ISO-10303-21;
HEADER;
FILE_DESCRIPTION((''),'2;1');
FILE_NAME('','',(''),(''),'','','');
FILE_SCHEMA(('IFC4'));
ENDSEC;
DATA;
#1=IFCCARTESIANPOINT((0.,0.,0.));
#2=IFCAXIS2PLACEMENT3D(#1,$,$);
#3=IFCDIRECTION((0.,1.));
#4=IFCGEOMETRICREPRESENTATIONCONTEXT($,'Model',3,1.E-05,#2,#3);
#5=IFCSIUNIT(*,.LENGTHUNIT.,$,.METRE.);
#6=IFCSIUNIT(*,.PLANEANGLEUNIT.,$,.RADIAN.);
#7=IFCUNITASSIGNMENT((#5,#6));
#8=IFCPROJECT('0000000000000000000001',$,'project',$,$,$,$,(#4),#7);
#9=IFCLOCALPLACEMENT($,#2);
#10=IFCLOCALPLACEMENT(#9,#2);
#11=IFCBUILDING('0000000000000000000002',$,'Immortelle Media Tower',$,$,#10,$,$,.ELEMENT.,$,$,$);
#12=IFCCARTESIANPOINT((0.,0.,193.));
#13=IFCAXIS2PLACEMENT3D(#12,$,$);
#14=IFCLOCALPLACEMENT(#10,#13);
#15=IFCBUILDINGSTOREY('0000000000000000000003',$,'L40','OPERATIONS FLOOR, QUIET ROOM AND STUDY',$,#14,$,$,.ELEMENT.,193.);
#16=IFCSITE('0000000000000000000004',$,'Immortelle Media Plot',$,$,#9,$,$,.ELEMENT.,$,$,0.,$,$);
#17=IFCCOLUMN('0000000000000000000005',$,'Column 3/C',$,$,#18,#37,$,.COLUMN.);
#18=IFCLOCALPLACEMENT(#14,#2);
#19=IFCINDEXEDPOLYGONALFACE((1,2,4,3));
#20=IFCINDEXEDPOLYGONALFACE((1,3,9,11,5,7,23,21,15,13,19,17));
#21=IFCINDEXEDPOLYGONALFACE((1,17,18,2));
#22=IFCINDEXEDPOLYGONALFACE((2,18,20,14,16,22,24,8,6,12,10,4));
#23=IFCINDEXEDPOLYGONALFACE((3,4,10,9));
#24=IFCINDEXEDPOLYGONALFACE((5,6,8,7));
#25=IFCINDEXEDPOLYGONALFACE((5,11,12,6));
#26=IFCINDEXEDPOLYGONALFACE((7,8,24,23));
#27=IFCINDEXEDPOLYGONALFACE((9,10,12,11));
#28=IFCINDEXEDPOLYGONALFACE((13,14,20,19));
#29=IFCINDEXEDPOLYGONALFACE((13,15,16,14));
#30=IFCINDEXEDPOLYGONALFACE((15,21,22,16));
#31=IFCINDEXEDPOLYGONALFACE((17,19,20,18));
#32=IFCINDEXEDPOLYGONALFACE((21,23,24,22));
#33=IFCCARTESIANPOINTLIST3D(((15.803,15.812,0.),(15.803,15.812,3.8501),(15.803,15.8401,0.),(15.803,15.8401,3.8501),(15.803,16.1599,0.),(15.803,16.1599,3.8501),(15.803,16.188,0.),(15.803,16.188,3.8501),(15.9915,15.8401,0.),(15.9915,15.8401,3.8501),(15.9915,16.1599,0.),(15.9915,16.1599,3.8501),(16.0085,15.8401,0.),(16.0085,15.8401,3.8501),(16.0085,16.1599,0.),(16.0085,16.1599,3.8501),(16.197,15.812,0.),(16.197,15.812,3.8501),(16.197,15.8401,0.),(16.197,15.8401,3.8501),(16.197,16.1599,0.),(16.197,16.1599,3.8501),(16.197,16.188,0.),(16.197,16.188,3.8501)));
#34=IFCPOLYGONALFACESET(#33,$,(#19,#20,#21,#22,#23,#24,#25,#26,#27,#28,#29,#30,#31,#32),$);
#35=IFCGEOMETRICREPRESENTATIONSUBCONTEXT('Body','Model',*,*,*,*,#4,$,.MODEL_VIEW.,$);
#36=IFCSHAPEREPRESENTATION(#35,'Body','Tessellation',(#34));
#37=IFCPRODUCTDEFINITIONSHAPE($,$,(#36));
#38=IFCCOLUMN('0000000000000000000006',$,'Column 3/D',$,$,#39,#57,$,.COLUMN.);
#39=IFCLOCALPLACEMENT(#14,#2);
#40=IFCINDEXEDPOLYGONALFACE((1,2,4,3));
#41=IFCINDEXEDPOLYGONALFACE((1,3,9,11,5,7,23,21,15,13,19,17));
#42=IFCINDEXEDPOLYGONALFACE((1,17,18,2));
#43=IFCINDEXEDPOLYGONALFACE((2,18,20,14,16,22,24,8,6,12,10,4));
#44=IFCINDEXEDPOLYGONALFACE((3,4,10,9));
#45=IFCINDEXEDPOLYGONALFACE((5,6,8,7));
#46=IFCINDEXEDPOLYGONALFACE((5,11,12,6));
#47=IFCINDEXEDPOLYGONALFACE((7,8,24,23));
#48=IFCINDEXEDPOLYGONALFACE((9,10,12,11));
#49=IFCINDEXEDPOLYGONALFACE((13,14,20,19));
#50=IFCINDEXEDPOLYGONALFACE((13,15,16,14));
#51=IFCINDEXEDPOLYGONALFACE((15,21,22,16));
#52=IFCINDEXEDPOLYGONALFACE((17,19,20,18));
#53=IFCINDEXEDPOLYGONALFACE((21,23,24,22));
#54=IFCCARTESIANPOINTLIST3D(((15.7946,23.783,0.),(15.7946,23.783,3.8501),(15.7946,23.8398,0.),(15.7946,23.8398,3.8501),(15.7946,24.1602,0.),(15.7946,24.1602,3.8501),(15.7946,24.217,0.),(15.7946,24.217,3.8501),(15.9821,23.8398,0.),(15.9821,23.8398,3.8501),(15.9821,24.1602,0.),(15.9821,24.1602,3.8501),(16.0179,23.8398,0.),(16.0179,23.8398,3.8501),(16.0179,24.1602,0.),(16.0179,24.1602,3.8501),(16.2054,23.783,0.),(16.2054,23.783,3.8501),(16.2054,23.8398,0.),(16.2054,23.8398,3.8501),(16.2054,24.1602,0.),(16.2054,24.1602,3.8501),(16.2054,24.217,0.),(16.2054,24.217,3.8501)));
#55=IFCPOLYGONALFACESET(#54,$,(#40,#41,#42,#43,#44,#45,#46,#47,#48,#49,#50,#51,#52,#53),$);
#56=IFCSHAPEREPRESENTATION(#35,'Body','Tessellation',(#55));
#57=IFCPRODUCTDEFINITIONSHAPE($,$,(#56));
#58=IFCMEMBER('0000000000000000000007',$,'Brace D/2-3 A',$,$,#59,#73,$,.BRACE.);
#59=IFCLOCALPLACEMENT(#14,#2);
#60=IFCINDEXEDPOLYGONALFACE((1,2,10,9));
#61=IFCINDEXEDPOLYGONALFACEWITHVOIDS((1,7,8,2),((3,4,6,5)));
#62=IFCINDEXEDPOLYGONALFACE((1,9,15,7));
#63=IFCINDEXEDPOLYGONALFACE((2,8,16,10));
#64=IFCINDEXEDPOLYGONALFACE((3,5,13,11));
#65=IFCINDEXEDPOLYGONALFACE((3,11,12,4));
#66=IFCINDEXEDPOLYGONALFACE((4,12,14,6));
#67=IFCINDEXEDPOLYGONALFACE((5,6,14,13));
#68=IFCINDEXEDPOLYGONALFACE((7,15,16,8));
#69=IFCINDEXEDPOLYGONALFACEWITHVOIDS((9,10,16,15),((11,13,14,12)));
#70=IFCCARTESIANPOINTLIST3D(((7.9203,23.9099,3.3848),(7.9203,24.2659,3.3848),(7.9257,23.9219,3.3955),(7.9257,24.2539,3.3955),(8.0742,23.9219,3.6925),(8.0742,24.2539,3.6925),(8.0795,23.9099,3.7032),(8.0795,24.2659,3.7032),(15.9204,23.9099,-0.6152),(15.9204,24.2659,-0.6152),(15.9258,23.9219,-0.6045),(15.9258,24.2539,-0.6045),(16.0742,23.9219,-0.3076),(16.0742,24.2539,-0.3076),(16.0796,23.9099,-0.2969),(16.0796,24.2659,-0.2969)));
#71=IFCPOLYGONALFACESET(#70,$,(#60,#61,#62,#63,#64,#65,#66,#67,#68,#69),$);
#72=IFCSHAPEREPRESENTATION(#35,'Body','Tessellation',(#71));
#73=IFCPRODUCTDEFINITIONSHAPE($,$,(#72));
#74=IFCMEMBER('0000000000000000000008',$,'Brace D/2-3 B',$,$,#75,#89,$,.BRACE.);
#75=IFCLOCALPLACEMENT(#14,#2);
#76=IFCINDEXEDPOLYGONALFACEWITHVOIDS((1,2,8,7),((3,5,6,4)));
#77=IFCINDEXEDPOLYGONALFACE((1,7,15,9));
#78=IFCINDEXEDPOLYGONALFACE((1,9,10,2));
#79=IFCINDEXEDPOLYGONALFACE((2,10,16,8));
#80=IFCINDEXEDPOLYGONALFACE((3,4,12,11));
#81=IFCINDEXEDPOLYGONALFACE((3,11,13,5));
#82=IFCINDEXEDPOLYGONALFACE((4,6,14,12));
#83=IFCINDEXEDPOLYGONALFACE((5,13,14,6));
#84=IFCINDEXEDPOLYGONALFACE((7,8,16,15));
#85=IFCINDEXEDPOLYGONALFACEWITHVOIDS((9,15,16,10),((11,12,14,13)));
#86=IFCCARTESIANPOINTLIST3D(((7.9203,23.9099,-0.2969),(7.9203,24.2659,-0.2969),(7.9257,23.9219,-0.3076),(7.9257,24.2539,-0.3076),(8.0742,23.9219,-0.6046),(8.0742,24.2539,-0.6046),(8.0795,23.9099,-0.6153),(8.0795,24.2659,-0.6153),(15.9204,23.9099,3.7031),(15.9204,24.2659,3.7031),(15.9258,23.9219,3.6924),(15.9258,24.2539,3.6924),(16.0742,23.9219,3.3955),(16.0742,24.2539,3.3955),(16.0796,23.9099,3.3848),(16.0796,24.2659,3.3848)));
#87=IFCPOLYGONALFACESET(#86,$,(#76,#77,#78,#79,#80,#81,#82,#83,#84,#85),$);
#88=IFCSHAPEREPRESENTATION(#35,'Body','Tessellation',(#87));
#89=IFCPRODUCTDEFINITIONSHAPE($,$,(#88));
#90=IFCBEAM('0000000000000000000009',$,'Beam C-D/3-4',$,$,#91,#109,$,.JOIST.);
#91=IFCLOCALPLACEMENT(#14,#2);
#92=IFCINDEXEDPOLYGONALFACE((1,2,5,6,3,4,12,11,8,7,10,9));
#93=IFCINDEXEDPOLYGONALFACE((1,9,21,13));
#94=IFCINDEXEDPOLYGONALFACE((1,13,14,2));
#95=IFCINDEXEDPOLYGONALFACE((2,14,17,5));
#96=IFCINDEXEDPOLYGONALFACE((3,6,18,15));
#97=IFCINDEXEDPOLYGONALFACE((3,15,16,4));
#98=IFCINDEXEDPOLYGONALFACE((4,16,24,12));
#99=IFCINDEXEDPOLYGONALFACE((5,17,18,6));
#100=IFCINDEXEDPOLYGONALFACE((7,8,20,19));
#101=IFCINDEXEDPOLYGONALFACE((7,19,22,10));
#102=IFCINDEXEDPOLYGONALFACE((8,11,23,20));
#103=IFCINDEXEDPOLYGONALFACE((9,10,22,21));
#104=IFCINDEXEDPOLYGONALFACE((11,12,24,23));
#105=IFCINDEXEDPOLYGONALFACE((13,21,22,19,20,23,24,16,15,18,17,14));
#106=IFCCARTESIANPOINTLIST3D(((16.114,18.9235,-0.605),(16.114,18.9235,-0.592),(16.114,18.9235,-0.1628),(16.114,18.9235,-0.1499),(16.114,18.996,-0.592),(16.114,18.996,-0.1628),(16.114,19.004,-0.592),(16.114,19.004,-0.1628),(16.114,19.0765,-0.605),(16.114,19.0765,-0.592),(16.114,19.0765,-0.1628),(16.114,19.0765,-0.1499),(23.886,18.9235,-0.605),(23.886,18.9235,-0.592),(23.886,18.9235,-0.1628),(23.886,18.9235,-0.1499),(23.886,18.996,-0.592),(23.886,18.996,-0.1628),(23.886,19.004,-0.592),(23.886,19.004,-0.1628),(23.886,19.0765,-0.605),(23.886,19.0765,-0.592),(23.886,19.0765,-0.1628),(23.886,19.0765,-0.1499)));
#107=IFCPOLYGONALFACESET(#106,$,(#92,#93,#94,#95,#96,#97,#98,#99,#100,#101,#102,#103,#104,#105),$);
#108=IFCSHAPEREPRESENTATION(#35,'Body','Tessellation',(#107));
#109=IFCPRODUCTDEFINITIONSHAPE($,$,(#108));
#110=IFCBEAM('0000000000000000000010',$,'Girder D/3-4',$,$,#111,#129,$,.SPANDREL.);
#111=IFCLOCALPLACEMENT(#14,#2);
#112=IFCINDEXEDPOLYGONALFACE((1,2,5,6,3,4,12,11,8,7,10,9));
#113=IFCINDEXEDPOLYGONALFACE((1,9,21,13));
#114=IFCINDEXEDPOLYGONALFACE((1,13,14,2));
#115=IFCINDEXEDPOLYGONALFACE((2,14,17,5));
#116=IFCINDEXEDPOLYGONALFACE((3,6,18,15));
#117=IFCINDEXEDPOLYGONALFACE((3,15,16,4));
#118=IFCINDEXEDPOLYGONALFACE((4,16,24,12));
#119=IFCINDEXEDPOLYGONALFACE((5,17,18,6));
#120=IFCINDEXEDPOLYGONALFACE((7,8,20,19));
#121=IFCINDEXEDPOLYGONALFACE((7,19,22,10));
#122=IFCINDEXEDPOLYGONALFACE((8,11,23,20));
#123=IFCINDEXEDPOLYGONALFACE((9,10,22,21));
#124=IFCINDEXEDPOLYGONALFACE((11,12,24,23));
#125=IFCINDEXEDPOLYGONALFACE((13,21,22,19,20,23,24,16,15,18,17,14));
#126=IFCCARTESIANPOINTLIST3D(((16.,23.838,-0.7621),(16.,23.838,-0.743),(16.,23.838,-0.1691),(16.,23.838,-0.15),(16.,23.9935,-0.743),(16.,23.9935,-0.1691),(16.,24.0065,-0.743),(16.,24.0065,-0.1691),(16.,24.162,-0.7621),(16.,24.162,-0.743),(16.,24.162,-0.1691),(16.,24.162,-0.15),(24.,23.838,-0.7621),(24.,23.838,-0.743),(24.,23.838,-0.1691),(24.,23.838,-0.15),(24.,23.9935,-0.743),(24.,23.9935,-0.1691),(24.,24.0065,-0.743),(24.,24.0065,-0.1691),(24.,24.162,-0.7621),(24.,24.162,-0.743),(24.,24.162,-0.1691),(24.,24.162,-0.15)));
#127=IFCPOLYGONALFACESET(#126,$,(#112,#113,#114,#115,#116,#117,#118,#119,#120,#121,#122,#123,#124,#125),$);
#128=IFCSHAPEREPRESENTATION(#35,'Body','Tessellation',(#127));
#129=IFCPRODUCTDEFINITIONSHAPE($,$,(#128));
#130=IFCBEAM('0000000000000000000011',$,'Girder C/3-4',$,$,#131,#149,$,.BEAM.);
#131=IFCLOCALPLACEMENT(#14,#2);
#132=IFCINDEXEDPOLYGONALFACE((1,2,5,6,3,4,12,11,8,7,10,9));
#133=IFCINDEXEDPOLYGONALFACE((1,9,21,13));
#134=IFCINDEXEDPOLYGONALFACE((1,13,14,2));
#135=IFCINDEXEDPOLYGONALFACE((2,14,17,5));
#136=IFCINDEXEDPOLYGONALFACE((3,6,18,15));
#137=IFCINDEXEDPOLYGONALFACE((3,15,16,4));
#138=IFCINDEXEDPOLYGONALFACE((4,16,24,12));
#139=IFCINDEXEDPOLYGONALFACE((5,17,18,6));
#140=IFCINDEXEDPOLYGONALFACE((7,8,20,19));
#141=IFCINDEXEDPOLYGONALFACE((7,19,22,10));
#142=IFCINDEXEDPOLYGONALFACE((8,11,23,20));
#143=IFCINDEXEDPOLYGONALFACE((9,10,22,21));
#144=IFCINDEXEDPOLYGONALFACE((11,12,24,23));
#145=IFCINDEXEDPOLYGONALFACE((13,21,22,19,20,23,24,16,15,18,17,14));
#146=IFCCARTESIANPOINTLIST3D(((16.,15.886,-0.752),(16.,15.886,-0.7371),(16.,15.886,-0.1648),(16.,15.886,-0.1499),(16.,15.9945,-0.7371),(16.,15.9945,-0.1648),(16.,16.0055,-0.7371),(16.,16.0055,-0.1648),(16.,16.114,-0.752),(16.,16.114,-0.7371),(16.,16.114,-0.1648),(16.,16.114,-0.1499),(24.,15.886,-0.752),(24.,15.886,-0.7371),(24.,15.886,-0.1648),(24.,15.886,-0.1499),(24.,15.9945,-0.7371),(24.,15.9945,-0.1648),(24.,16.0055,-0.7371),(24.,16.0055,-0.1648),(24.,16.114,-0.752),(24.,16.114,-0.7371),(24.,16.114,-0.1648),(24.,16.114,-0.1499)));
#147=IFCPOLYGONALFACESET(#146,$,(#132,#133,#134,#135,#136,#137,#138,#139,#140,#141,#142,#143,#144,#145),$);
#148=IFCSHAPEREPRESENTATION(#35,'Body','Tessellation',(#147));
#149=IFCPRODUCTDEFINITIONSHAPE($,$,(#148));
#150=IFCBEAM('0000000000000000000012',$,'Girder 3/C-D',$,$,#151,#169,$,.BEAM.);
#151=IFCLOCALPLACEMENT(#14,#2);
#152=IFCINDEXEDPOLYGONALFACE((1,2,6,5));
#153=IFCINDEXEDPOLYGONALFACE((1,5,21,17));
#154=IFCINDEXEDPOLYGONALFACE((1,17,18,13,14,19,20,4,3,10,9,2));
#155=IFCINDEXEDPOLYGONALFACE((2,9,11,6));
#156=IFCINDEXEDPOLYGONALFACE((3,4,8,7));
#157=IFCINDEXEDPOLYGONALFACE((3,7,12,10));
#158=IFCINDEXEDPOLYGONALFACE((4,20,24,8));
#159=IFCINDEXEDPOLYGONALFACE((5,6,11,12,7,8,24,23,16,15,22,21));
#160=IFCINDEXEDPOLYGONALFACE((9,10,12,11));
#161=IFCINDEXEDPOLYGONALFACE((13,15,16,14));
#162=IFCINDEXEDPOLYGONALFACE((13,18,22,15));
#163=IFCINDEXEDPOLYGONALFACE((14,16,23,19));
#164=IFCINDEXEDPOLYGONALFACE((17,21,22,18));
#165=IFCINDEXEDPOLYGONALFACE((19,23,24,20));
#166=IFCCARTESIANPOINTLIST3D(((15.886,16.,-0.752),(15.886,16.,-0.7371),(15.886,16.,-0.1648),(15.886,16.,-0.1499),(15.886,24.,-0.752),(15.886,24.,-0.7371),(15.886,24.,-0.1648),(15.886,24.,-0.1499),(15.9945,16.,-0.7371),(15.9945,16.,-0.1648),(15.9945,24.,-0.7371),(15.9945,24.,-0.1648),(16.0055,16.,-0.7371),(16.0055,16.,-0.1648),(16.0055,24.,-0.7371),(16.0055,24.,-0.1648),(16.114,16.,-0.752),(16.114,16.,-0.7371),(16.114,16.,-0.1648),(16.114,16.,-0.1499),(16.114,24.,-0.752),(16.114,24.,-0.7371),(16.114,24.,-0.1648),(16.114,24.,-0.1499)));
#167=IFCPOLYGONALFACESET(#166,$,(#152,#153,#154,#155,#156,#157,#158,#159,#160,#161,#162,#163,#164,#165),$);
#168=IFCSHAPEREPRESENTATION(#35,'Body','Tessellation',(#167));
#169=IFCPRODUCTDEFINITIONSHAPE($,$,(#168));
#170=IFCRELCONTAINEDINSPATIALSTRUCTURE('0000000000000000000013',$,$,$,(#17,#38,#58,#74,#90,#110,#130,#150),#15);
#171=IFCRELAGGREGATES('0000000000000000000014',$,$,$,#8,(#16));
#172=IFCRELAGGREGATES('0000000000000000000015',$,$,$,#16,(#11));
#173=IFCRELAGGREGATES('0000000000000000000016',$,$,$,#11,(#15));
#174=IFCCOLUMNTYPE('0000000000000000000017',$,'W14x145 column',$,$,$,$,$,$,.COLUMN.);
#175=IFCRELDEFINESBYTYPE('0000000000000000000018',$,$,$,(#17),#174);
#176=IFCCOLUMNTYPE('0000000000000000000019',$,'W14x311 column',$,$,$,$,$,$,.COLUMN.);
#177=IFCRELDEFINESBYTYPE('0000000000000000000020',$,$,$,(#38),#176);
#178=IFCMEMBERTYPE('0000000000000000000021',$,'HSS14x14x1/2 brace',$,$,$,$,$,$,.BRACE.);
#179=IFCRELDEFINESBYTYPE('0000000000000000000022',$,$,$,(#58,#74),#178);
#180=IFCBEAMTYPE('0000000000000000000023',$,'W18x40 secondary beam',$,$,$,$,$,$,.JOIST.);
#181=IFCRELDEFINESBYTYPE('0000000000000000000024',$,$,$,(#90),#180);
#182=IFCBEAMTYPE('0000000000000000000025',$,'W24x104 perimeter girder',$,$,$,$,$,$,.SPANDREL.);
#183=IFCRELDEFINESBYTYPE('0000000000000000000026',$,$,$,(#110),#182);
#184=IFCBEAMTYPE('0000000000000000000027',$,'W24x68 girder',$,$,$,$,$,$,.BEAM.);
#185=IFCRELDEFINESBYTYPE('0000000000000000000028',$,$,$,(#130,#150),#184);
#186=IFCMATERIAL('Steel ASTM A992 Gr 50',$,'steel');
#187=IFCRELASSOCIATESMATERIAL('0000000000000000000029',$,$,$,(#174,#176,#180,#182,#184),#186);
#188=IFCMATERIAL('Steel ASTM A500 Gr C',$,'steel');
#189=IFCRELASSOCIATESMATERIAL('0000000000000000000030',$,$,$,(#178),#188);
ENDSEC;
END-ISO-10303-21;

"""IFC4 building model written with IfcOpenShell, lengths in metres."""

from ifc_helpers import new_model, si_unit, direction, frame, origin, origin_2d, place, context, subcontext, project, spatial, hollow_rectangle, i_section, extrude, material, material_profile, profile_set, type_object, element, save


model = new_model("IFC4")

# Units and contexts
model_context = context("Model", 3, precision=1e-05, world=origin(), true_north=direction((0.0, 1.0)))
body_context = subcontext(model_context, "Body", "Model", "MODEL_VIEW")
ifc_project = project(units=[si_unit("LENGTHUNIT", "METRE"), si_unit("PLANEANGLEUNIT", "RADIAN")], contexts=[model_context])

# Site, building, storey
site_placement = place(None, origin())
site = spatial("IfcSite", under=ifc_project, at=site_placement, Name="Immortelle Media Plot", CompositionType="ELEMENT", RefElevation=0.0)
building_placement = place(site_placement, origin())
building = spatial("IfcBuilding", under=site, at=building_placement, Name="Immortelle Media Tower", CompositionType="ELEMENT")
storey_placement = place(building_placement, frame((0.0, 0.0, 193.0)))
storey = spatial("IfcBuildingStorey", under=building, at=storey_placement, Name="L40", Description="OPERATIONS FLOOR, QUIET ROOM AND STUDY", CompositionType="ELEMENT", Elevation=193.0)

# Columns
ifc_material_1 = material(Name="Steel ASTM A992 Gr 50", Category="steel")
ifc_material_profile_1 = material_profile(ifc_material_1, i_section(OverallWidth=0.394, OverallDepth=0.376, WebThickness=0.0171, FlangeThickness=0.0281, at=origin_2d()), Name="W14x145")
ifc_profile_set_1 = profile_set([ifc_material_profile_1], Name="Steel ASTM A992 Gr 50")
column_type_1 = type_object("IfcColumnType", Name="W14x145 column", PredefinedType="COLUMN", material=ifc_profile_set_1)
column_1_placement = place(storey_placement, frame((16.0, 16.0, 0.0), z_axis=(0.0, 0.0, 1.0), x_axis=(1.0, 0.0, 0.0)))
element("IfcColumn", 1, at=column_1_placement, inside=storey, type_object=column_type_1, Name="Column 3/C", PredefinedType="COLUMN", context=body_context, shape_type="SweptSolid", body=[
    extrude(i_section(OverallWidth=0.394, OverallDepth=0.376, WebThickness=0.0171, FlangeThickness=0.0281, at=origin_2d()), origin(), (0.0, 0.0, 1.0), 3.8501),
])
ifc_material_profile_2 = material_profile(ifc_material_1, i_section(OverallWidth=0.4109, OverallDepth=0.4341, WebThickness=0.0359, FlangeThickness=0.0569, at=origin_2d()), Name="W14x311")
ifc_profile_set_2 = profile_set([ifc_material_profile_2], Name="Steel ASTM A992 Gr 50")
column_type_2 = type_object("IfcColumnType", Name="W14x311 column", PredefinedType="COLUMN", material=ifc_profile_set_2)
column_2_placement = place(storey_placement, frame((16.0, 24.0, 0.0), z_axis=(0.0, 0.0, 1.0), x_axis=(1.0, 0.0, 0.0)))
element("IfcColumn", 2, at=column_2_placement, inside=storey, type_object=column_type_2, Name="Column 3/D", PredefinedType="COLUMN", context=body_context, shape_type="SweptSolid", body=[
    extrude(i_section(OverallWidth=0.4109, OverallDepth=0.4341, WebThickness=0.0359, FlangeThickness=0.0569, at=origin_2d()), origin(), (0.0, 0.0, 1.0), 3.8501),
])

# Members
ifc_material_2 = material(Name="Steel ASTM A500 Gr C", Category="steel")
ifc_material_profile_3 = material_profile(ifc_material_2, hollow_rectangle(XDim=0.356, YDim=0.356, WallThickness=0.012, at=origin_2d()), Name="HSS14x14x1/2 brace")
ifc_profile_set_3 = profile_set([ifc_material_profile_3], Name="Steel ASTM A500 Gr C")
member_type = type_object("IfcMemberType", Name="HSS14x14x1/2 brace", PredefinedType="BRACE", material=ifc_profile_set_3)
for number, where, z_axis, x_axis, name in (
    (3, (16.0, 24.0879, -0.4561), (-0.894427, 0.0, 0.447214), (0.0, -1.0, 0.0), "Brace D/2-3 A"),
    (4, (16.0, 24.0879, 3.5439), (-0.894427, 0.0, -0.447214), (0.0, -1.0, 0.0), "Brace D/2-3 B"),
):
    element("IfcMember", number, at=place(storey_placement, frame(where, z_axis=z_axis, x_axis=x_axis)), inside=storey, type_object=member_type, Name=name, PredefinedType="BRACE", context=body_context, shape_type="SweptSolid", body=[
        extrude(hollow_rectangle(XDim=0.356, YDim=0.356, WallThickness=0.012, at=origin_2d()), origin(), (0.0, 0.0, 1.0), 8.9443),
    ])

# Beams
ifc_material_profile_4 = material_profile(ifc_material_1, i_section(OverallWidth=0.1531, OverallDepth=0.4551, WebThickness=0.0081, FlangeThickness=0.0129, at=origin_2d()), Name="W18x40")
ifc_profile_set_4 = profile_set([ifc_material_profile_4], Name="Steel ASTM A992 Gr 50")
beam_type_1 = type_object("IfcBeamType", Name="W18x40 secondary beam", PredefinedType="JOIST", material=ifc_profile_set_4)
beam_1_placement = place(storey_placement, frame((16.114, 19.0, -0.3774), z_axis=(1.0, 0.0, 0.0), x_axis=(0.0, 1.0, 0.0)))
element("IfcBeam", 5, at=beam_1_placement, inside=storey, type_object=beam_type_1, Name="Beam C-D/3-4", PredefinedType="JOIST", context=body_context, shape_type="SweptSolid", body=[
    extrude(i_section(OverallWidth=0.1531, OverallDepth=0.4551, WebThickness=0.0081, FlangeThickness=0.0129, at=origin_2d()), origin(), (0.0, 0.0, 1.0), 7.772),
])
ifc_material_profile_5 = material_profile(ifc_material_1, i_section(OverallWidth=0.324, OverallDepth=0.6121, WebThickness=0.0129, FlangeThickness=0.019, at=origin_2d()), Name="W24x104")
ifc_profile_set_5 = profile_set([ifc_material_profile_5], Name="Steel ASTM A992 Gr 50")
beam_type_2 = type_object("IfcBeamType", Name="W24x104 perimeter girder", PredefinedType="SPANDREL", material=ifc_profile_set_5)
beam_2_placement = place(storey_placement, frame((16.0, 24.0, -0.4561), z_axis=(1.0, 0.0, 0.0), x_axis=(0.0, 1.0, 0.0)))
element("IfcBeam", 6, at=beam_2_placement, inside=storey, type_object=beam_type_2, Name="Girder D/3-4", PredefinedType="SPANDREL", context=body_context, shape_type="SweptSolid", body=[
    extrude(i_section(OverallWidth=0.324, OverallDepth=0.6121, WebThickness=0.0129, FlangeThickness=0.019, at=origin_2d()), origin(), (0.0, 0.0, 1.0), 8.0),
])
ifc_material_profile_6 = material_profile(ifc_material_1, i_section(OverallWidth=0.228, OverallDepth=0.6021, WebThickness=0.011, FlangeThickness=0.0149, at=origin_2d()), Name="W24x68")
ifc_profile_set_6 = profile_set([ifc_material_profile_6], Name="Steel ASTM A992 Gr 50")
beam_type_3 = type_object("IfcBeamType", Name="W24x68 girder", PredefinedType="BEAM", material=ifc_profile_set_6)
for number, where, z_axis, x_axis, name in (
    (7, (16.0, 16.0, -0.4509), (1.0, 0.0, 0.0), (0.0, 1.0, 0.0), "Girder C/3-4"),
    (8, (16.0, 16.0, -0.4509), (0.0, 1.0, 0.0), (-1.0, 0.0, 0.0), "Girder 3/C-D"),
):
    element("IfcBeam", number, at=place(storey_placement, frame(where, z_axis=z_axis, x_axis=x_axis)), inside=storey, type_object=beam_type_3, Name=name, PredefinedType="BEAM", context=body_context, shape_type="SweptSolid", body=[
        extrude(i_section(OverallWidth=0.228, OverallDepth=0.6021, WebThickness=0.011, FlangeThickness=0.0149, at=origin_2d()), origin(), (0.0, 0.0, 1.0), 8.0),
    ])

save(model, "model.ifc")
